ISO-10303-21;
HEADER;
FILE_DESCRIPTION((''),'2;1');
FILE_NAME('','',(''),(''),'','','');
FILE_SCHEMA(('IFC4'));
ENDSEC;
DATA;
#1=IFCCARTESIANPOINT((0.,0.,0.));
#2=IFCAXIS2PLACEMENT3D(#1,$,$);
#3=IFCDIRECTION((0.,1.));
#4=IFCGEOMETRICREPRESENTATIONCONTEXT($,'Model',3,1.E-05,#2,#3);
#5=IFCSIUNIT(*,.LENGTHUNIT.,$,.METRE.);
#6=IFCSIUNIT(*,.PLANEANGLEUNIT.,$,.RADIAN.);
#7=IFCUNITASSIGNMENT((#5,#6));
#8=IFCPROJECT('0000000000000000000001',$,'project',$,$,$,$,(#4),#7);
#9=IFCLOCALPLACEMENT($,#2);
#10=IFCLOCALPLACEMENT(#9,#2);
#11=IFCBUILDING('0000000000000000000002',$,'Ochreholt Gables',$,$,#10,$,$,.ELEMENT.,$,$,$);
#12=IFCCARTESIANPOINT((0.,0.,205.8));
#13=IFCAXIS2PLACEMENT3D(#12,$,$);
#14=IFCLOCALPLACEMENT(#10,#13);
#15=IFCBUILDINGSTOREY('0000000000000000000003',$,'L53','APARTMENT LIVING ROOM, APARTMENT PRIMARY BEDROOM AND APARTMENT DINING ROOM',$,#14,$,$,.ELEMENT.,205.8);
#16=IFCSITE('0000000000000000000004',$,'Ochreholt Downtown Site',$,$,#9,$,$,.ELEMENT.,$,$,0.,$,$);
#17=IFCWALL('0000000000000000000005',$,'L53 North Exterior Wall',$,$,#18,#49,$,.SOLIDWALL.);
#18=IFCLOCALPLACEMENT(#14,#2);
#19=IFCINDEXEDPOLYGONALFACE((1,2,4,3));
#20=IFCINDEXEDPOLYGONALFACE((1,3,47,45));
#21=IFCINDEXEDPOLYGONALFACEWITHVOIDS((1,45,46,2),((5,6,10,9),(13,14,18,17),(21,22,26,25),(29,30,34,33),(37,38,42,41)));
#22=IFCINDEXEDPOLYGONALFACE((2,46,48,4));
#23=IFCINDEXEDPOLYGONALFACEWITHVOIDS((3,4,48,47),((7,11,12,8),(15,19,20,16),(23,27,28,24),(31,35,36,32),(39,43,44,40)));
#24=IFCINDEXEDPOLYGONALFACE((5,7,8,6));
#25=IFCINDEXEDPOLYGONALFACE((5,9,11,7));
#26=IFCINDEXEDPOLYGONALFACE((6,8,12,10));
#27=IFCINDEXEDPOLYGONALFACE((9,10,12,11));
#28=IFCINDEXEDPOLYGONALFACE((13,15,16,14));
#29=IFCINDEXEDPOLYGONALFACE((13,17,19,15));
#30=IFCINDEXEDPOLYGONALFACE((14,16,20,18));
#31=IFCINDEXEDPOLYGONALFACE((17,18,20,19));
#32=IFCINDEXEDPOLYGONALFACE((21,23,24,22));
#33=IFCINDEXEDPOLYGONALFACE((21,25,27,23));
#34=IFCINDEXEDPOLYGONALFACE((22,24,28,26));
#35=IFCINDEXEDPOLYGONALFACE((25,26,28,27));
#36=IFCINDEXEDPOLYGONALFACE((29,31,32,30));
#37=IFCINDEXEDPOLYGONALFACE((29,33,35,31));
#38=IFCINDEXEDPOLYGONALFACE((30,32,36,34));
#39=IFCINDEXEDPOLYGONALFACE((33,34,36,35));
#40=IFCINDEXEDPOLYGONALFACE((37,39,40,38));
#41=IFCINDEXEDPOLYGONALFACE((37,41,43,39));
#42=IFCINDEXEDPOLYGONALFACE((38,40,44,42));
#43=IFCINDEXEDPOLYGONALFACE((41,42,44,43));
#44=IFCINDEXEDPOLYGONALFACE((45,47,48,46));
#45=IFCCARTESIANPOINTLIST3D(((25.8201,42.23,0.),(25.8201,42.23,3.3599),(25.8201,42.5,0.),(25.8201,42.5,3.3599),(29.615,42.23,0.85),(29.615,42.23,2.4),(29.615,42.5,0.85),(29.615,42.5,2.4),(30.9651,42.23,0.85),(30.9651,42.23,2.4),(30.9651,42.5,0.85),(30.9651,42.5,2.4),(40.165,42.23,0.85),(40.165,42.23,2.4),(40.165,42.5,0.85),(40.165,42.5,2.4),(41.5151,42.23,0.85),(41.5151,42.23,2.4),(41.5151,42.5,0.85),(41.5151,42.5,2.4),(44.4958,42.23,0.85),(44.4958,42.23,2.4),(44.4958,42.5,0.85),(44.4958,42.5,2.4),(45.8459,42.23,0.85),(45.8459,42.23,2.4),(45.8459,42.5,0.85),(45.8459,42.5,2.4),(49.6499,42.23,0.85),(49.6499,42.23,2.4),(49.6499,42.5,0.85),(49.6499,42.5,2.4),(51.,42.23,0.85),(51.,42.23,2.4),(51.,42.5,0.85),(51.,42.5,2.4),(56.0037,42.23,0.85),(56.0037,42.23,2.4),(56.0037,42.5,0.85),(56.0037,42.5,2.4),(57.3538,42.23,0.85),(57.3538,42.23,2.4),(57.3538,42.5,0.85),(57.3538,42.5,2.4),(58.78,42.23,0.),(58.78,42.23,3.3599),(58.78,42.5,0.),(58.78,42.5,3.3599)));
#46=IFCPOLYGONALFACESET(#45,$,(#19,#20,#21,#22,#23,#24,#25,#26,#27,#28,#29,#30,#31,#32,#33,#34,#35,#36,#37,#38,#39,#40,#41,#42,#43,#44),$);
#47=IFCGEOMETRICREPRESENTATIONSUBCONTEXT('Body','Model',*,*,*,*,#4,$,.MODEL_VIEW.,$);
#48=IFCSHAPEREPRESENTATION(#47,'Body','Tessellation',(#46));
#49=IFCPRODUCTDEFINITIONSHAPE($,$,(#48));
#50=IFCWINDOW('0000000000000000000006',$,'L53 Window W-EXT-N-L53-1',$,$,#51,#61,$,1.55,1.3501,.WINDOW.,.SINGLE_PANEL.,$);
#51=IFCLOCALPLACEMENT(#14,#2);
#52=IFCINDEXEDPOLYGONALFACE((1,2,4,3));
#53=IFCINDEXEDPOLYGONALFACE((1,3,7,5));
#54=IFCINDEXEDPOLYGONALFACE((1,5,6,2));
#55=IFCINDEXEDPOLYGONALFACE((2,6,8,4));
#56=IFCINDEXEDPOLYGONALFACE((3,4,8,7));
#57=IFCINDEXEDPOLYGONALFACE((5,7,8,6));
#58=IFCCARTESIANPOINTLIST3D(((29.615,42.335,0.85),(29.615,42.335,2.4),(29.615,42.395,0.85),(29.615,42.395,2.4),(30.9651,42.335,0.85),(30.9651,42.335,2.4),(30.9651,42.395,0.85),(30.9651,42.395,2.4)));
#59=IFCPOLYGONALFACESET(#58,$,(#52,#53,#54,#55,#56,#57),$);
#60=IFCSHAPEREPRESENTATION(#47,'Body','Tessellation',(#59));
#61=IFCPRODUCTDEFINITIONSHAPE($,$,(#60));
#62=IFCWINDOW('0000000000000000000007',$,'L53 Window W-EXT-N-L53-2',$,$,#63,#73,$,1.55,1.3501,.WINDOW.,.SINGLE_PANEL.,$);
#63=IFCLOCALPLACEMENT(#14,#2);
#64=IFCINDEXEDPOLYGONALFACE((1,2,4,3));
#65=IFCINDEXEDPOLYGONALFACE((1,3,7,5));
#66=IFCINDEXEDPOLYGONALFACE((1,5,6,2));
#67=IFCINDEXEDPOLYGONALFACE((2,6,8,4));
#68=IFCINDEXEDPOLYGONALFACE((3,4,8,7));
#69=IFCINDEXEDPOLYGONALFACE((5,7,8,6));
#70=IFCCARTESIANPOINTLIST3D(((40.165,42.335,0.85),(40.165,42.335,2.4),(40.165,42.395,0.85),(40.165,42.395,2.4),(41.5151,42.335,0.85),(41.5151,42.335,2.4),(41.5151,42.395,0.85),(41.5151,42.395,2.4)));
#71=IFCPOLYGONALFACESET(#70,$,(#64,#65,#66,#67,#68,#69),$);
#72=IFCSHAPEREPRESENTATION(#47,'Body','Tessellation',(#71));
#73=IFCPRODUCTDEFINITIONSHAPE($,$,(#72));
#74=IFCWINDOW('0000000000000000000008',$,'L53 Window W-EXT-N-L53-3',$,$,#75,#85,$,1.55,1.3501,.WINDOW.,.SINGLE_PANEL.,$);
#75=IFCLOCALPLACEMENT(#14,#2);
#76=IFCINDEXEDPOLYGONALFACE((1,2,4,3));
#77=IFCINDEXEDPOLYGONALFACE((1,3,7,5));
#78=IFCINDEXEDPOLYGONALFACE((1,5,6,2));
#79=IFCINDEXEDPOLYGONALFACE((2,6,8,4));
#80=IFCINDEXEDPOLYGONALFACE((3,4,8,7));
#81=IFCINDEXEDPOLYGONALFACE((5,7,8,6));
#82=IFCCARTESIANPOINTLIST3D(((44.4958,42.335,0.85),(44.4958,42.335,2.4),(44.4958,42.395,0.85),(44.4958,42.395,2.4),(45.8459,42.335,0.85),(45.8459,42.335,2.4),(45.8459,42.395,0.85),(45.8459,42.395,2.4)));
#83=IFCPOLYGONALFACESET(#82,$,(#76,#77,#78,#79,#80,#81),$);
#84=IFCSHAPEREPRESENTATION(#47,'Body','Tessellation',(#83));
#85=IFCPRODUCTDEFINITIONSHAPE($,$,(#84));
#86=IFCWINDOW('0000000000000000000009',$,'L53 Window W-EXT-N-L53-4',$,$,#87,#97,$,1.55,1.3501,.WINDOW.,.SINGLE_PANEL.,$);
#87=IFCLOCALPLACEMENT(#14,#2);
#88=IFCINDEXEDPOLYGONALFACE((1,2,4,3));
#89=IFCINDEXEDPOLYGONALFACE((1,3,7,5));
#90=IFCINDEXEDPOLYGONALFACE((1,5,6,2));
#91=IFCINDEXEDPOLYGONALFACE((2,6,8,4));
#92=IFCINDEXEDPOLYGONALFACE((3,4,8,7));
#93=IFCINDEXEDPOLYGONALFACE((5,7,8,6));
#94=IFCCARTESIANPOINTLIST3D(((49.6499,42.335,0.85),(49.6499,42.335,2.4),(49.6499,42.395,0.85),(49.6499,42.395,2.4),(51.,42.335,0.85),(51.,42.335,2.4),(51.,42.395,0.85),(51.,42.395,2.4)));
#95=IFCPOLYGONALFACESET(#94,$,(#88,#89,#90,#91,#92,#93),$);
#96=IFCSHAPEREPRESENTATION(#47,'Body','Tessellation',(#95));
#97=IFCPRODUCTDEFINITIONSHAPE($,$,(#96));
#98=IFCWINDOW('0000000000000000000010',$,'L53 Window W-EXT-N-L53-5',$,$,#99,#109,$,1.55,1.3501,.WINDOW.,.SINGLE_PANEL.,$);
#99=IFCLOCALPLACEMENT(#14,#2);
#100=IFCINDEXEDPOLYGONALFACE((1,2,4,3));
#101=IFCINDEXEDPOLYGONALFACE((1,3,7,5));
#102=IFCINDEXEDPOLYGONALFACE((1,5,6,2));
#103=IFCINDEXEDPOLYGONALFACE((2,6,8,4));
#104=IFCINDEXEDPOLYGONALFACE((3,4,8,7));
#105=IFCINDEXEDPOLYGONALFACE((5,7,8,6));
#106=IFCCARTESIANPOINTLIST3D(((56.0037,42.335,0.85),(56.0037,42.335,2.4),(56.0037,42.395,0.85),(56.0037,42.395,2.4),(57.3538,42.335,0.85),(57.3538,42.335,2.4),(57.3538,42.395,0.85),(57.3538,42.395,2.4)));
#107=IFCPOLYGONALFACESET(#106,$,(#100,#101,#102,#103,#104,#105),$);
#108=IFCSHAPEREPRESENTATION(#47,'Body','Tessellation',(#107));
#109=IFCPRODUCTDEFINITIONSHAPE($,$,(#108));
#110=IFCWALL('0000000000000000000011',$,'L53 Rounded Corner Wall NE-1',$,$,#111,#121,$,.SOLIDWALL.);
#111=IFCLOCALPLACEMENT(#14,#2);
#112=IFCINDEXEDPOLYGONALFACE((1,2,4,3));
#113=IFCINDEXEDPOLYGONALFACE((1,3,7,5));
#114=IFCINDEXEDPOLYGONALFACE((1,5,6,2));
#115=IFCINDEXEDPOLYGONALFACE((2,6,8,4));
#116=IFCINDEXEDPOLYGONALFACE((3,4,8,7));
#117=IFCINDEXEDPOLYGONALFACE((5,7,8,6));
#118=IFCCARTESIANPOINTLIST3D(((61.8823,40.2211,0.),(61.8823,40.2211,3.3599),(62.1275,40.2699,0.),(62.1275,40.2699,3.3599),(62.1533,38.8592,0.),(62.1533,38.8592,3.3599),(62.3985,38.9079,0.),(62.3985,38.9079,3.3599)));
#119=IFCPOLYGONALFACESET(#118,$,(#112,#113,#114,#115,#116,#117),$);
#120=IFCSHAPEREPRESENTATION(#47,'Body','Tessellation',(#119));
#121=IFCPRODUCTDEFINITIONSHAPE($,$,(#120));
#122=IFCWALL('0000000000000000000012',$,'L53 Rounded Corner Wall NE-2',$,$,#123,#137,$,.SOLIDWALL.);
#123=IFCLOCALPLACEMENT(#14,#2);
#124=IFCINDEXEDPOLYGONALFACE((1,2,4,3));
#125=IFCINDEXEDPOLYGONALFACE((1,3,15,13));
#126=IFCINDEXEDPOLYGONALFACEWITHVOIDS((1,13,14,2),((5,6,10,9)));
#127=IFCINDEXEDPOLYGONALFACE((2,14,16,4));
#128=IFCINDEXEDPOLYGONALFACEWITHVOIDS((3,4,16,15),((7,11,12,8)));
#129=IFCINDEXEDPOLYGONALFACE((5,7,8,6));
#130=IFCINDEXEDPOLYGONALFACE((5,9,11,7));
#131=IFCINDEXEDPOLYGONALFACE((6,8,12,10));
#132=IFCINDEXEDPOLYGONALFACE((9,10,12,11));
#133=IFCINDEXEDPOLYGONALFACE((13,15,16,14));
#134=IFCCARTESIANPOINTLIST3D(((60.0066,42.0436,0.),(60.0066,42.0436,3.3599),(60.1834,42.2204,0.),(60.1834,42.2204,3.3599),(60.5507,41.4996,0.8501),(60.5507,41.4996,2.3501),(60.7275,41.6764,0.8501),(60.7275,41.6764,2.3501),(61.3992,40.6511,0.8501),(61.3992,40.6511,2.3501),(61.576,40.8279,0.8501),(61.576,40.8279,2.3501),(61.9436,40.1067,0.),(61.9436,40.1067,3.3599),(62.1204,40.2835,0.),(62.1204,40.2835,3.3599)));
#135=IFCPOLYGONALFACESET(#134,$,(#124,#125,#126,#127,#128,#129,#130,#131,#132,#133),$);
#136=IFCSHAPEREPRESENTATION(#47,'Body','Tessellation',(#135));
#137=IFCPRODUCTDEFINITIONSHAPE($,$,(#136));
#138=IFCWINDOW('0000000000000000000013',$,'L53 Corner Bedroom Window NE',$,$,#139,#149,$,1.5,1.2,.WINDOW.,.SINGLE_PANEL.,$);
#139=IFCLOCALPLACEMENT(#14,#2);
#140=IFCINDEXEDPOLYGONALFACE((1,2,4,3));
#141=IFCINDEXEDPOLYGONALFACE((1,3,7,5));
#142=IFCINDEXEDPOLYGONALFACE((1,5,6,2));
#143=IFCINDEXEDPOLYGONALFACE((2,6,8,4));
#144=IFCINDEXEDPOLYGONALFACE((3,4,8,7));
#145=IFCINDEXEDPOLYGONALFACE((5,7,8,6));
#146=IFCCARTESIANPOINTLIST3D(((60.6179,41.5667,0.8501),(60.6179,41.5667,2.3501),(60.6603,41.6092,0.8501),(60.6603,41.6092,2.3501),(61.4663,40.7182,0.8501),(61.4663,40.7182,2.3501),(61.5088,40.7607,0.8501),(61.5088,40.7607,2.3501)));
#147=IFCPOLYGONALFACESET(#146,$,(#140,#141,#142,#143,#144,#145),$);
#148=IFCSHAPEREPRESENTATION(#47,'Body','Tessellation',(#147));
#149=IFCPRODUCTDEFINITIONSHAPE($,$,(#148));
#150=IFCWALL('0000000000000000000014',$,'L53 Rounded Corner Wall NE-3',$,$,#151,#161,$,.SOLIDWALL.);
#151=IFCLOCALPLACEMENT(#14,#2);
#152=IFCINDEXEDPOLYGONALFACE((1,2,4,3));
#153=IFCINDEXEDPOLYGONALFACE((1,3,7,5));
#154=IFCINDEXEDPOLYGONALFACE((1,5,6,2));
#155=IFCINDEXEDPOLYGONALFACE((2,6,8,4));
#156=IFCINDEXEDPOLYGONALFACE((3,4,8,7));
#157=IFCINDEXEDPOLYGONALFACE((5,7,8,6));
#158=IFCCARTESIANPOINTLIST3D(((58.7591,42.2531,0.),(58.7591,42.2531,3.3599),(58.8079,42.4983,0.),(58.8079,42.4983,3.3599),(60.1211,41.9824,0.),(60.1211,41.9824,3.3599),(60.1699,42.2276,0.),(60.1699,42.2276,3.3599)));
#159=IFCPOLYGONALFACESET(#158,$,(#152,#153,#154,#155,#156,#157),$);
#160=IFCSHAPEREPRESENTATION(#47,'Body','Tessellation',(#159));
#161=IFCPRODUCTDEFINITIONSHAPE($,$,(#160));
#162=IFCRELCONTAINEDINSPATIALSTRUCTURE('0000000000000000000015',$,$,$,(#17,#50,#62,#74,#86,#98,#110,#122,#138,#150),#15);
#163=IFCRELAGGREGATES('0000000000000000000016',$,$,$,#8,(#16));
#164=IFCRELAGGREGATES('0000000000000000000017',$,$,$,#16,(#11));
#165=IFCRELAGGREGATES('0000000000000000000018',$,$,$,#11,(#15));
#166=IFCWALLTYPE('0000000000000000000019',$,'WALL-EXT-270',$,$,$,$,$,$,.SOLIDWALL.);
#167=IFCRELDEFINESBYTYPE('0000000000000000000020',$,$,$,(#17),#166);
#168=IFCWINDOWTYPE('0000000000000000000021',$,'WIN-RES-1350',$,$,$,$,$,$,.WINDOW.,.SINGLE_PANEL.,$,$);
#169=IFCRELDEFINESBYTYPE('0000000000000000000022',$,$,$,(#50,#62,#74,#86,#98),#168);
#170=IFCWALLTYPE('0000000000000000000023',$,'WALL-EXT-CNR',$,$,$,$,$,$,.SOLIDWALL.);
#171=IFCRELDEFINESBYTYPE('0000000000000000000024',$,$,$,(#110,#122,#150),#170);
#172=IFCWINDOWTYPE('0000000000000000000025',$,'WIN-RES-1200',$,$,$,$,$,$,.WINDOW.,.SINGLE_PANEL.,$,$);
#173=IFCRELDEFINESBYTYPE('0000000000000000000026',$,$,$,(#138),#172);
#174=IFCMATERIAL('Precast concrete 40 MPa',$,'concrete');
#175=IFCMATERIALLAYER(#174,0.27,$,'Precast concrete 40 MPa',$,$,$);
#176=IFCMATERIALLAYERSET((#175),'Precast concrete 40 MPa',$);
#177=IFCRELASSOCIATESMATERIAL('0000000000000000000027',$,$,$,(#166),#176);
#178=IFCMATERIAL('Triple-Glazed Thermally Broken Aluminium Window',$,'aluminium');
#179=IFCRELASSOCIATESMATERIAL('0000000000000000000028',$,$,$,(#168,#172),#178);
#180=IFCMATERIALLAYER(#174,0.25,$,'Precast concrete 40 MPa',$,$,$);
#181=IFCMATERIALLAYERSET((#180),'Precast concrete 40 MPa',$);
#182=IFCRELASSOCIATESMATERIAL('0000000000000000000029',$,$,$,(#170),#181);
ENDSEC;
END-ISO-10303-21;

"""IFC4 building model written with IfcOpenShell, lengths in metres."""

from ifc_helpers import new_model, si_unit, direction, frame, frame_2d, origin, place, context, subcontext, project, spatial, rectangle, extrude, material, layer, layer_set, type_object, element, fill, save


model = new_model("IFC4")

# Units and contexts
model_context = context("Model", 3, precision=1e-05, world=origin(), true_north=direction((0.0, 1.0)))
body_context = subcontext(model_context, "Body", "Model", "MODEL_VIEW")
ifc_project = project(units=[si_unit("LENGTHUNIT", "METRE"), si_unit("PLANEANGLEUNIT", "RADIAN")], contexts=[model_context])

# Site, building, storey
site_placement = place(None, origin())
site = spatial("IfcSite", under=ifc_project, at=site_placement, Name="Ochreholt Downtown Site", CompositionType="ELEMENT", RefElevation=0.0)
building_placement = place(site_placement, origin())
building = spatial("IfcBuilding", under=site, at=building_placement, Name="Ochreholt Gables", CompositionType="ELEMENT")
storey_placement = place(building_placement, frame((0.0, 0.0, 205.8)))
storey = spatial("IfcBuildingStorey", under=building, at=storey_placement, Name="L53", Description="APARTMENT LIVING ROOM, APARTMENT PRIMARY BEDROOM AND APARTMENT DINING ROOM", CompositionType="ELEMENT", Elevation=205.8)

# Wall, openings, windows
ifc_material_1 = material(Name="Precast concrete 40 MPa", Category="concrete")
ifc_layer_1 = layer(ifc_material_1, 0.27, Name="Precast concrete 40 MPa")
ifc_layer_set_1 = layer_set([ifc_layer_1], Name="Precast concrete 40 MPa")
wall_type_1 = type_object("IfcWallType", Name="WALL-EXT-270", PredefinedType="SOLIDWALL", material=ifc_layer_set_1)
wall_1_placement = place(storey_placement, frame((58.78, 42.365, 0.0), z_axis=(0.0, 0.0, 1.0), x_axis=(-1.0, 0.0, 0.0)))
wall_1 = element("IfcWall", 1, at=wall_1_placement, inside=storey, type_object=wall_type_1, Name="L53 North Exterior Wall", PredefinedType="SOLIDWALL", context=body_context, shape_type="SweptSolid", body=[
    extrude(rectangle(XDim=32.96, YDim=0.27, at=frame_2d((16.48, 0.0))), origin(), (0.0, 0.0, 1.0), 3.3599),
])
opening_1_placement = place(wall_1_placement, frame((27.8149, 0.0, 0.8501)))
opening_1 = element("IfcOpeningElement", 2, at=opening_1_placement, cuts=wall_1, PredefinedType="OPENING", context=body_context, shape_type="SweptSolid", body=[
    extrude(rectangle(XDim=1.3501, YDim=1.55, at=frame_2d((0.675, 0.7749))), frame((0.0, 0.145, 0.0), z_axis=(0.0, -1.0, 0.0), x_axis=(1.0, 0.0, 0.0)), (0.0, 0.0, 1.0), 0.29),
])
opening_2_placement = place(wall_1_placement, frame((17.2649, 0.0, 0.8501)))
opening_2 = element("IfcOpeningElement", 3, at=opening_2_placement, cuts=wall_1, PredefinedType="OPENING", context=body_context, shape_type="SweptSolid", body=[
    extrude(rectangle(XDim=1.3501, YDim=1.55, at=frame_2d((0.675, 0.7749))), frame((0.0, 0.145, 0.0), z_axis=(0.0, -1.0, 0.0), x_axis=(1.0, 0.0, 0.0)), (0.0, 0.0, 1.0), 0.29),
])
opening_3_placement = place(wall_1_placement, frame((12.9341, 0.0, 0.8501)))
opening_3 = element("IfcOpeningElement", 4, at=opening_3_placement, cuts=wall_1, PredefinedType="OPENING", context=body_context, shape_type="SweptSolid", body=[
    extrude(rectangle(XDim=1.3501, YDim=1.55, at=frame_2d((0.675, 0.7749))), frame((0.0, 0.145, 0.0), z_axis=(0.0, -1.0, 0.0), x_axis=(1.0, 0.0, 0.0)), (0.0, 0.0, 1.0), 0.29),
])
opening_4_placement = place(wall_1_placement, frame((7.78, 0.0, 0.8501)))
opening_4 = element("IfcOpeningElement", 5, at=opening_4_placement, cuts=wall_1, PredefinedType="OPENING", context=body_context, shape_type="SweptSolid", body=[
    extrude(rectangle(XDim=1.3501, YDim=1.55, at=frame_2d((0.675, 0.7749))), frame((0.0, 0.145, 0.0), z_axis=(0.0, -1.0, 0.0), x_axis=(1.0, 0.0, 0.0)), (0.0, 0.0, 1.0), 0.29),
])
opening_5_placement = place(wall_1_placement, frame((1.4263, 0.0, 0.8501)))
opening_5 = element("IfcOpeningElement", 6, at=opening_5_placement, cuts=wall_1, PredefinedType="OPENING", context=body_context, shape_type="SweptSolid", body=[
    extrude(rectangle(XDim=1.3501, YDim=1.55, at=frame_2d((0.675, 0.7749))), frame((0.0, 0.145, 0.0), z_axis=(0.0, -1.0, 0.0), x_axis=(1.0, 0.0, 0.0)), (0.0, 0.0, 1.0), 0.29),
])
ifc_material_2 = material(Name="Triple-Glazed Thermally Broken Aluminium Window", Category="aluminium")
window_type_1 = type_object("IfcWindowType", Name="WIN-RES-1350", PartitioningType="SINGLE_PANEL", PredefinedType="WINDOW", material=ifc_material_2)
window_1_placement = place(opening_1_placement, origin())
window_1 = element("IfcWindow", 7, at=window_1_placement, inside=storey, type_object=window_type_1, Name="L53 Window W-EXT-N-L53-1", OverallHeight=1.55, OverallWidth=1.3501, PartitioningType="SINGLE_PANEL", PredefinedType="WINDOW", context=body_context, shape_type="SweptSolid", body=[
    extrude(rectangle(XDim=1.3501, YDim=1.55, at=frame_2d((0.675, 0.7749))), frame((0.0, 0.03, 0.0), z_axis=(0.0, -1.0, 0.0), x_axis=(1.0, 0.0, 0.0)), (0.0, 0.0, 1.0), 0.0601),
])
fill(opening_1, window_1)
window_2_placement = place(opening_2_placement, origin())
window_2 = element("IfcWindow", 8, at=window_2_placement, inside=storey, type_object=window_type_1, Name="L53 Window W-EXT-N-L53-2", OverallHeight=1.55, OverallWidth=1.3501, PartitioningType="SINGLE_PANEL", PredefinedType="WINDOW", context=body_context, shape_type="SweptSolid", body=[
    extrude(rectangle(XDim=1.3501, YDim=1.55, at=frame_2d((0.675, 0.7749))), frame((0.0, 0.03, 0.0), z_axis=(0.0, -1.0, 0.0), x_axis=(1.0, 0.0, 0.0)), (0.0, 0.0, 1.0), 0.0601),
])
fill(opening_2, window_2)
window_3_placement = place(opening_3_placement, origin())
window_3 = element("IfcWindow", 9, at=window_3_placement, inside=storey, type_object=window_type_1, Name="L53 Window W-EXT-N-L53-3", OverallHeight=1.55, OverallWidth=1.3501, PartitioningType="SINGLE_PANEL", PredefinedType="WINDOW", context=body_context, shape_type="SweptSolid", body=[
    extrude(rectangle(XDim=1.3501, YDim=1.55, at=frame_2d((0.675, 0.7749))), frame((0.0, 0.03, 0.0), z_axis=(0.0, -1.0, 0.0), x_axis=(1.0, 0.0, 0.0)), (0.0, 0.0, 1.0), 0.0601),
])
fill(opening_3, window_3)
window_4_placement = place(opening_4_placement, origin())
window_4 = element("IfcWindow", 10, at=window_4_placement, inside=storey, type_object=window_type_1, Name="L53 Window W-EXT-N-L53-4", OverallHeight=1.55, OverallWidth=1.3501, PartitioningType="SINGLE_PANEL", PredefinedType="WINDOW", context=body_context, shape_type="SweptSolid", body=[
    extrude(rectangle(XDim=1.3501, YDim=1.55, at=frame_2d((0.675, 0.7749))), frame((0.0, 0.03, 0.0), z_axis=(0.0, -1.0, 0.0), x_axis=(1.0, 0.0, 0.0)), (0.0, 0.0, 1.0), 0.0601),
])
fill(opening_4, window_4)
window_5_placement = place(opening_5_placement, origin())
window_5 = element("IfcWindow", 11, at=window_5_placement, inside=storey, type_object=window_type_1, Name="L53 Window W-EXT-N-L53-5", OverallHeight=1.55, OverallWidth=1.3501, PartitioningType="SINGLE_PANEL", PredefinedType="WINDOW", context=body_context, shape_type="SweptSolid", body=[
    extrude(rectangle(XDim=1.3501, YDim=1.55, at=frame_2d((0.675, 0.7749))), frame((0.0, 0.03, 0.0), z_axis=(0.0, -1.0, 0.0), x_axis=(1.0, 0.0, 0.0)), (0.0, 0.0, 1.0), 0.0601),
])
fill(opening_5, window_5)

# Wall
ifc_layer_2 = layer(ifc_material_1, 0.25, Name="Precast concrete 40 MPa")
ifc_layer_set_2 = layer_set([ifc_layer_2], Name="Precast concrete 40 MPa")
wall_type_2 = type_object("IfcWallType", Name="WALL-EXT-CNR", PredefinedType="SOLIDWALL", material=ifc_layer_set_2)
wall_2_placement = place(storey_placement, frame((62.2759, 38.8835, 0.0), z_axis=(0.0, 0.0, 1.0), x_axis=(-0.195136, 0.980776, 0.0)))
element("IfcWall", 12, at=wall_2_placement, inside=storey, type_object=wall_type_2, Name="L53 Rounded Corner Wall NE-1", PredefinedType="SOLIDWALL", context=body_context, shape_type="SweptSolid", body=[
    extrude(rectangle(XDim=1.3887, YDim=0.25, at=frame_2d((0.6943, 0.0))), origin(), (0.0, 0.0, 1.0), 3.3599),
])

# Wall, opening, window
wall_3_placement = place(storey_placement, frame((62.032, 40.1951, 0.0), z_axis=(0.0, 0.0, 1.0), x_axis=(-0.707107, 0.707107, 0.0)))
wall_3 = element("IfcWall", 13, at=wall_3_placement, inside=storey, type_object=wall_type_2, Name="L53 Rounded Corner Wall NE-2", PredefinedType="SOLIDWALL", context=body_context, shape_type="SweptSolid", body=[
    extrude(rectangle(XDim=2.7393, YDim=0.25, at=frame_2d((1.3696, 0.0))), origin(), (0.0, 0.0, 1.0), 3.3599),
])
opening_6_placement = place(wall_3_placement, frame((0.7698, 0.0, 0.8501)))
opening_6 = element("IfcOpeningElement", 14, at=opening_6_placement, cuts=wall_3, PredefinedType="OPENING", context=body_context, shape_type="SweptSolid", body=[
    extrude(rectangle(XDim=1.2, YDim=1.5, at=frame_2d((0.6001, 0.75))), frame((0.0, 0.135, 0.0), z_axis=(0.0, -1.0, 0.0), x_axis=(1.0, 0.0, 0.0)), (0.0, 0.0, 1.0), 0.27),
])
window_type_2 = type_object("IfcWindowType", Name="WIN-RES-1200", PartitioningType="SINGLE_PANEL", PredefinedType="WINDOW", material=ifc_material_2)
window_6_placement = place(opening_6_placement, origin())
window_6 = element("IfcWindow", 15, at=window_6_placement, inside=storey, type_object=window_type_2, Name="L53 Corner Bedroom Window NE", OverallHeight=1.5, OverallWidth=1.2, PartitioningType="SINGLE_PANEL", PredefinedType="WINDOW", context=body_context, shape_type="SweptSolid", body=[
    extrude(rectangle(XDim=1.2, YDim=1.5, at=frame_2d((0.6001, 0.75))), frame((0.0, 0.03, 0.0), z_axis=(0.0, -1.0, 0.0), x_axis=(1.0, 0.0, 0.0)), (0.0, 0.0, 1.0), 0.0601),
])
fill(opening_6, window_6)

# Wall
wall_4_placement = place(storey_placement, frame((60.1455, 42.105, 0.0), z_axis=(0.0, 0.0, 1.0), x_axis=(-0.98081, 0.194967, 0.0)))
element("IfcWall", 16, at=wall_4_placement, inside=storey, type_object=wall_type_2, Name="L53 Rounded Corner Wall NE-3", PredefinedType="SOLIDWALL", context=body_context, shape_type="SweptSolid", body=[
    extrude(rectangle(XDim=1.3887, YDim=0.25, at=frame_2d((0.6943, 0.0))), origin(), (0.0, 0.0, 1.0), 3.3599),
])

save(model, "model.ifc")
